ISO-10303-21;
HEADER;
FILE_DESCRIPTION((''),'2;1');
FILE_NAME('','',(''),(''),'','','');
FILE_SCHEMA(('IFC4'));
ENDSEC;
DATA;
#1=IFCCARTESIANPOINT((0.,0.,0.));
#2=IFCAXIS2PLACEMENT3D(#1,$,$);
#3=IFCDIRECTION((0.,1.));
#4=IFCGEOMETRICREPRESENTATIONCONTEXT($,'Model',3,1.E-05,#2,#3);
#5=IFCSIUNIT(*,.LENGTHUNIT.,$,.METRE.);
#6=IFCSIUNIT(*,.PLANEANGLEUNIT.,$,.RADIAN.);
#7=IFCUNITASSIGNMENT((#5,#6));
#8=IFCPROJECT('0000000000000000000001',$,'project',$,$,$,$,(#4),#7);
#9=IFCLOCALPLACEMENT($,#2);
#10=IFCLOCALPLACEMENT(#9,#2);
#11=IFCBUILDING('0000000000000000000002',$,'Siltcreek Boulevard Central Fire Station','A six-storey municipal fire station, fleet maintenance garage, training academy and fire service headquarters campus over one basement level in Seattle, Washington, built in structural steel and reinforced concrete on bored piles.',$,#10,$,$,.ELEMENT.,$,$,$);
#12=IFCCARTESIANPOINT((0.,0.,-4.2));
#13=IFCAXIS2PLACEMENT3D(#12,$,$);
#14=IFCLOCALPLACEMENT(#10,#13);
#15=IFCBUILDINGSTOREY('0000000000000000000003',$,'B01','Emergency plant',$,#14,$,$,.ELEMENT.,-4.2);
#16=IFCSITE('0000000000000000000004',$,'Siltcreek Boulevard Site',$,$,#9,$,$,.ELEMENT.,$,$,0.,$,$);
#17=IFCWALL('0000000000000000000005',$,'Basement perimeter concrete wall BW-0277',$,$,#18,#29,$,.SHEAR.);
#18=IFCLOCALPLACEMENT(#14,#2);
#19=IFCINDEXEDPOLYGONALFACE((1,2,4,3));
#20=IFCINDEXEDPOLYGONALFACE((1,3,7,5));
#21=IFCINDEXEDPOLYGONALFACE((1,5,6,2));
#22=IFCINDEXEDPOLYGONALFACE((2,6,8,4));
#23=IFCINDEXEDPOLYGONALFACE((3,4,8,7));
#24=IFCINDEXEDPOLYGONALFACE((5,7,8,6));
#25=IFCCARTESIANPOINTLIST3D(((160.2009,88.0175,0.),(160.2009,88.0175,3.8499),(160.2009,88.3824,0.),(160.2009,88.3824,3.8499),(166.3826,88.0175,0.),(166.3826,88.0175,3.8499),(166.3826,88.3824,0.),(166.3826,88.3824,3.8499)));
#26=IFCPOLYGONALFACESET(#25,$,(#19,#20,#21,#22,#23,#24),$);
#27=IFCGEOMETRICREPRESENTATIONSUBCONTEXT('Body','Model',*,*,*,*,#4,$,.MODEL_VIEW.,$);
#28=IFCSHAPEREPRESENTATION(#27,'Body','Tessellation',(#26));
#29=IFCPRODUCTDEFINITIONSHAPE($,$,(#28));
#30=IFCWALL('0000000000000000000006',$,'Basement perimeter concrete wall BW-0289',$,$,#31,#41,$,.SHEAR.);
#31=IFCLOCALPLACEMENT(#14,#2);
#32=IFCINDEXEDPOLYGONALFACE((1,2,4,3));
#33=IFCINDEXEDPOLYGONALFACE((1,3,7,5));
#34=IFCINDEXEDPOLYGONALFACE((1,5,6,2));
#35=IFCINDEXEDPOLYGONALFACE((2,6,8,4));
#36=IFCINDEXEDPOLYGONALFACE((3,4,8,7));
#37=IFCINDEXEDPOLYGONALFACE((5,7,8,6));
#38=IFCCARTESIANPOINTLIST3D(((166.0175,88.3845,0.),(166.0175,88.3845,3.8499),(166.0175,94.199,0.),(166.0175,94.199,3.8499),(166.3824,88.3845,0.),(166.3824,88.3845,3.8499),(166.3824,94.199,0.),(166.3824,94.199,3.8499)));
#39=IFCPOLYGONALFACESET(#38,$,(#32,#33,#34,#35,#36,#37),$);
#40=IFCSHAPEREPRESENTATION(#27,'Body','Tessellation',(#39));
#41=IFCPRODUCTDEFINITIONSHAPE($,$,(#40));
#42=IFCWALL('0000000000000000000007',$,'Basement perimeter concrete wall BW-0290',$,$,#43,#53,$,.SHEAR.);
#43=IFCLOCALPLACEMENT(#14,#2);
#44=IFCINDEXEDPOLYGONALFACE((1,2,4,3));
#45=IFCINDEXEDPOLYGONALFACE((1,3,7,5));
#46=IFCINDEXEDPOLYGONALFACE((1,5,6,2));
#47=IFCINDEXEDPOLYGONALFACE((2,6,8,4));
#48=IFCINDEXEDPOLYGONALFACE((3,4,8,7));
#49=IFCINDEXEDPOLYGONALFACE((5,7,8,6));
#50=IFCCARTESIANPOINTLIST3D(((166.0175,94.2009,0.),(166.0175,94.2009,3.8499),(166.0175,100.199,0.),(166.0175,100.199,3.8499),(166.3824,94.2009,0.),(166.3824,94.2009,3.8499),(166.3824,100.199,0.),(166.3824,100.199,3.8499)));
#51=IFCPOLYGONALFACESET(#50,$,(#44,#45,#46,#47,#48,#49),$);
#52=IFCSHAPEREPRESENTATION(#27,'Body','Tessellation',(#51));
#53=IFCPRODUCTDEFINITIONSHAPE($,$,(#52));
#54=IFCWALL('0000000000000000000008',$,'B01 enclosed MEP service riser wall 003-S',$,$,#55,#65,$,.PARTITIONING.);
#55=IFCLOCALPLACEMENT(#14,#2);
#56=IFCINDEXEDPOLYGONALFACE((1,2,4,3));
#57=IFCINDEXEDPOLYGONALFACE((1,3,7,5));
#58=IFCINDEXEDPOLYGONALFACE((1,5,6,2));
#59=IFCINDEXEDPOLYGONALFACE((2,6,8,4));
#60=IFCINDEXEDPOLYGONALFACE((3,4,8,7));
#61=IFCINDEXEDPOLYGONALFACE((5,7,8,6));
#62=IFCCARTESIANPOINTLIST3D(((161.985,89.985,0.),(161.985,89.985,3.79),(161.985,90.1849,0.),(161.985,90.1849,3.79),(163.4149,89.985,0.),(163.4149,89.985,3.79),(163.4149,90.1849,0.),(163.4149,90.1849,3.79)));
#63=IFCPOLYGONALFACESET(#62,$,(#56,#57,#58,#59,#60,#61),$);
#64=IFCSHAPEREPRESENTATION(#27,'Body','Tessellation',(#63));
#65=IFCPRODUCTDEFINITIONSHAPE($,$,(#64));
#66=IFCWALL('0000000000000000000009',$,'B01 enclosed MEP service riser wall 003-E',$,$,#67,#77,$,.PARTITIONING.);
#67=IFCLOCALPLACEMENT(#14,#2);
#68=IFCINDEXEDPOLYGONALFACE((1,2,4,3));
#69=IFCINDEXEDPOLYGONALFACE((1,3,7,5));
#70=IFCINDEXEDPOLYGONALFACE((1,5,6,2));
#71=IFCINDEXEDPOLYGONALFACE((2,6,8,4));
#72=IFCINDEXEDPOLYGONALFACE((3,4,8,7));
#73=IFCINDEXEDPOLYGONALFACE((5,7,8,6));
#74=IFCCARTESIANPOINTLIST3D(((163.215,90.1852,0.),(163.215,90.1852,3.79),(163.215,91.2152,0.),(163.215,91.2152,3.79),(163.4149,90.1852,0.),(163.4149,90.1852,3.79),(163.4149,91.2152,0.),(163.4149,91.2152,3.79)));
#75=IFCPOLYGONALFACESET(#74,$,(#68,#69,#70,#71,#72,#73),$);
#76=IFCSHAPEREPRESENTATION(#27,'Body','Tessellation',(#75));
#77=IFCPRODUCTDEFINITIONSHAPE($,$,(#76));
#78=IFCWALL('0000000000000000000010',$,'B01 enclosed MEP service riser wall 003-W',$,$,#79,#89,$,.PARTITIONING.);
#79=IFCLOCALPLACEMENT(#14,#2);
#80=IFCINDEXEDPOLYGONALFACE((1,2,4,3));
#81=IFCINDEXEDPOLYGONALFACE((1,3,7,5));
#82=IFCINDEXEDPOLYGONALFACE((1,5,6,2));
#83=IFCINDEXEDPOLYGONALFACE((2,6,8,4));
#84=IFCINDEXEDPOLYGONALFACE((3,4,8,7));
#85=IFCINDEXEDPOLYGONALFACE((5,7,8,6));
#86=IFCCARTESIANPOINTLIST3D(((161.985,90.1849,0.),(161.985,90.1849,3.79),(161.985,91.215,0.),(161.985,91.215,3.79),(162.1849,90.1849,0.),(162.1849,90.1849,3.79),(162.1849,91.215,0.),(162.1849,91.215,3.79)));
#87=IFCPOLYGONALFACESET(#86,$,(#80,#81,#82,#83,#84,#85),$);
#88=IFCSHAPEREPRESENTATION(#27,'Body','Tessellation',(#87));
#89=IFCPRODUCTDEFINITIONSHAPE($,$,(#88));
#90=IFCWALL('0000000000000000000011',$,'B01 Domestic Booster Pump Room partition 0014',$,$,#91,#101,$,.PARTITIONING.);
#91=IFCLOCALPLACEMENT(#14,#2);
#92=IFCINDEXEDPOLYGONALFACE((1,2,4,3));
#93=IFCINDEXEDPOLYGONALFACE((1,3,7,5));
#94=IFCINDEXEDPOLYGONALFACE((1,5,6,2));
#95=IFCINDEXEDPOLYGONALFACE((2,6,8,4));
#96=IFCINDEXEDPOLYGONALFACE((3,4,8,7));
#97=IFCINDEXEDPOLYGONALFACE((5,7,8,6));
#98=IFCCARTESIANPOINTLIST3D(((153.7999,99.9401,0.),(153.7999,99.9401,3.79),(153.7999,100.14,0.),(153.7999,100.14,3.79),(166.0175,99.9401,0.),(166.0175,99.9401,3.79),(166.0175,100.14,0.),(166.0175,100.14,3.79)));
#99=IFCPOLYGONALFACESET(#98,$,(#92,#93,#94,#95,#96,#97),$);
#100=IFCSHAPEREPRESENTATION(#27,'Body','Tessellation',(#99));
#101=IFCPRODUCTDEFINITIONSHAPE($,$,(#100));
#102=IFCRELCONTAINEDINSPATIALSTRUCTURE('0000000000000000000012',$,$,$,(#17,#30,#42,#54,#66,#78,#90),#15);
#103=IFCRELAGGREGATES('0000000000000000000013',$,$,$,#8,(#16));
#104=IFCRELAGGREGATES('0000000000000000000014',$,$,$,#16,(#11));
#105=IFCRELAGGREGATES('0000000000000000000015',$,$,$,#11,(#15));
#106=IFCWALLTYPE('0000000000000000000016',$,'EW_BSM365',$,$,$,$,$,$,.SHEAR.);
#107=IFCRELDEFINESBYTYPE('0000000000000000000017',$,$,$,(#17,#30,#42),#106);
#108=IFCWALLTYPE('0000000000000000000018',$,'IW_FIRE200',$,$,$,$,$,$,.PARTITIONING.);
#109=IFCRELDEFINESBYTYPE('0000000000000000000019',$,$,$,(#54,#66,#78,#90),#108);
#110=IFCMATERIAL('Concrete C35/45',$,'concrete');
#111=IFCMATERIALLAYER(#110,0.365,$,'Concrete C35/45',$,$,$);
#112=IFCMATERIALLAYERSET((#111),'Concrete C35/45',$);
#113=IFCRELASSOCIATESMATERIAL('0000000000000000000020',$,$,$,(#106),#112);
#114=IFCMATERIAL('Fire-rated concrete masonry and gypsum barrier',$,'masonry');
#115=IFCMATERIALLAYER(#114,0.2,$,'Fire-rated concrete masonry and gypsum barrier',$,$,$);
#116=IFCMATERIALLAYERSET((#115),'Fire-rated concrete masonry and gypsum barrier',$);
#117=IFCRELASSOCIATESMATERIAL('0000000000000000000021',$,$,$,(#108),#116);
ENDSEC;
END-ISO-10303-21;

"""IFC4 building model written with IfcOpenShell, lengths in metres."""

from ifc_helpers import new_model, si_unit, direction, frame, frame_2d, origin, place, context, subcontext, project, spatial, rectangle, extrude, material, layer, layer_set, type_object, element, save


model = new_model("IFC4")

# Units and contexts
model_context = context("Model", 3, precision=1e-05, world=origin(), true_north=direction((0.0, 1.0)))
body_context = subcontext(model_context, "Body", "Model", "MODEL_VIEW")
ifc_project = project(units=[si_unit("LENGTHUNIT", "METRE"), si_unit("PLANEANGLEUNIT", "RADIAN")], contexts=[model_context])

# Site, building, storey
site_placement = place(None, origin())
site = spatial("IfcSite", under=ifc_project, at=site_placement, Name="Siltcreek Boulevard Site", CompositionType="ELEMENT", RefElevation=0.0)
building_placement = place(site_placement, origin())
building = spatial("IfcBuilding", under=site, at=building_placement, Name="Siltcreek Boulevard Central Fire Station", Description="A six-storey municipal fire station, fleet maintenance garage, training academy and fire service headquarters campus over one basement level in Seattle, Washington, built in structural steel and reinforced concrete on bored piles.", CompositionType="ELEMENT")
storey_placement = place(building_placement, frame((0.0, 0.0, -4.2)))
storey = spatial("IfcBuildingStorey", under=building, at=storey_placement, Name="B01", Description="Emergency plant", CompositionType="ELEMENT", Elevation=-4.2)

# Shared definitions
ifc_material_1 = material(Name="Concrete C35/45", Category="concrete")

# Walls
ifc_layer_1 = layer(ifc_material_1, 0.365, Name="Concrete C35/45")
ifc_layer_set_1 = layer_set([ifc_layer_1], Name="Concrete C35/45")
wall_type_1 = type_object("IfcWallType", Name="EW_BSM365", PredefinedType="SHEAR", material=ifc_layer_set_1)
wall_1_placement = place(storey_placement, frame((160.2009, 88.2, 0.0), z_axis=(0.0, 0.0, 1.0), x_axis=(1.0, 0.0, 0.0)))
element("IfcWall", 1, at=wall_1_placement, inside=storey, type_object=wall_type_1, Name="Basement perimeter concrete wall BW-0277", PredefinedType="SHEAR", context=body_context, shape_type="SweptSolid", body=[
    extrude(rectangle(XDim=6.1816, YDim=0.365, at=frame_2d((3.0908, 0.0))), origin(), (0.0, 0.0, 1.0), 3.8499),
])
wall_2_placement = place(storey_placement, frame((166.2, 88.3845, 0.0), z_axis=(0.0, 0.0, 1.0), x_axis=(0.0, 1.0, 0.0)))
element("IfcWall", 2, at=wall_2_placement, inside=storey, type_object=wall_type_1, Name="Basement perimeter concrete wall BW-0289", PredefinedType="SHEAR", context=body_context, shape_type="SweptSolid", body=[
    extrude(rectangle(XDim=5.8145, YDim=0.365, at=frame_2d((2.9072, 0.0))), origin(), (0.0, 0.0, 1.0), 3.8499),
])
wall_3_placement = place(storey_placement, frame((166.2, 94.2009, 0.0), z_axis=(0.0, 0.0, 1.0), x_axis=(0.0, 1.0, 0.0)))
element("IfcWall", 3, at=wall_3_placement, inside=storey, type_object=wall_type_1, Name="Basement perimeter concrete wall BW-0290", PredefinedType="SHEAR", context=body_context, shape_type="SweptSolid", body=[
    extrude(rectangle(XDim=5.998, YDim=0.365, at=frame_2d((2.999, 0.0))), origin(), (0.0, 0.0, 1.0), 3.8499),
])
ifc_material_2 = material(Name="Fire-rated concrete masonry and gypsum barrier", Category="masonry")
ifc_layer_2 = layer(ifc_material_2, 0.2, Name="Fire-rated concrete masonry and gypsum barrier")
ifc_layer_set_2 = layer_set([ifc_layer_2], Name="Fire-rated concrete masonry and gypsum barrier")
wall_type_2 = type_object("IfcWallType", Name="IW_FIRE200", PredefinedType="PARTITIONING", material=ifc_layer_set_2)
wall_4_placement = place(storey_placement, frame((161.9851, 90.085, 0.0), z_axis=(0.0, 0.0, 1.0), x_axis=(1.0, 0.0, 0.0)))
element("IfcWall", 4, at=wall_4_placement, inside=storey, type_object=wall_type_2, Name="B01 enclosed MEP service riser wall 003-S", PredefinedType="PARTITIONING", context=body_context, shape_type="SweptSolid", body=[
    extrude(rectangle(XDim=1.4299, YDim=0.2, at=frame_2d((0.7148, 0.0))), origin(), (0.0, 0.0, 1.0), 3.79),
])
wall_5_placement = place(storey_placement, frame((163.3149, 90.1851, 0.0), z_axis=(0.0, 0.0, 1.0), x_axis=(0.0, 1.0, 0.0)))
element("IfcWall", 5, at=wall_5_placement, inside=storey, type_object=wall_type_2, Name="B01 enclosed MEP service riser wall 003-E", PredefinedType="PARTITIONING", context=body_context, shape_type="SweptSolid", body=[
    extrude(rectangle(XDim=1.03, YDim=0.2, at=frame_2d((0.5151, 0.0))), origin(), (0.0, 0.0, 1.0), 3.79),
])
wall_6_placement = place(storey_placement, frame((162.085, 91.2151, 0.0), z_axis=(0.0, 0.0, 1.0), x_axis=(0.0, -1.0, 0.0)))
element("IfcWall", 6, at=wall_6_placement, inside=storey, type_object=wall_type_2, Name="B01 enclosed MEP service riser wall 003-W", PredefinedType="PARTITIONING", context=body_context, shape_type="SweptSolid", body=[
    extrude(rectangle(XDim=1.03, YDim=0.2, at=frame_2d((0.5151, 0.0))), origin(), (0.0, 0.0, 1.0), 3.79),
])
wall_7_placement = place(storey_placement, frame((166.0176, 100.04, 0.0), z_axis=(0.0, 0.0, 1.0), x_axis=(-1.0, 0.0, 0.0)))
element("IfcWall", 7, at=wall_7_placement, inside=storey, type_object=wall_type_2, Name="B01 Domestic Booster Pump Room partition 0014", PredefinedType="PARTITIONING", context=body_context, shape_type="SweptSolid", body=[
    extrude(rectangle(XDim=12.2175, YDim=0.2, at=frame_2d((6.1089, 0.0))), origin(), (0.0, 0.0, 1.0), 3.79),
])

save(model, "model.ifc")
